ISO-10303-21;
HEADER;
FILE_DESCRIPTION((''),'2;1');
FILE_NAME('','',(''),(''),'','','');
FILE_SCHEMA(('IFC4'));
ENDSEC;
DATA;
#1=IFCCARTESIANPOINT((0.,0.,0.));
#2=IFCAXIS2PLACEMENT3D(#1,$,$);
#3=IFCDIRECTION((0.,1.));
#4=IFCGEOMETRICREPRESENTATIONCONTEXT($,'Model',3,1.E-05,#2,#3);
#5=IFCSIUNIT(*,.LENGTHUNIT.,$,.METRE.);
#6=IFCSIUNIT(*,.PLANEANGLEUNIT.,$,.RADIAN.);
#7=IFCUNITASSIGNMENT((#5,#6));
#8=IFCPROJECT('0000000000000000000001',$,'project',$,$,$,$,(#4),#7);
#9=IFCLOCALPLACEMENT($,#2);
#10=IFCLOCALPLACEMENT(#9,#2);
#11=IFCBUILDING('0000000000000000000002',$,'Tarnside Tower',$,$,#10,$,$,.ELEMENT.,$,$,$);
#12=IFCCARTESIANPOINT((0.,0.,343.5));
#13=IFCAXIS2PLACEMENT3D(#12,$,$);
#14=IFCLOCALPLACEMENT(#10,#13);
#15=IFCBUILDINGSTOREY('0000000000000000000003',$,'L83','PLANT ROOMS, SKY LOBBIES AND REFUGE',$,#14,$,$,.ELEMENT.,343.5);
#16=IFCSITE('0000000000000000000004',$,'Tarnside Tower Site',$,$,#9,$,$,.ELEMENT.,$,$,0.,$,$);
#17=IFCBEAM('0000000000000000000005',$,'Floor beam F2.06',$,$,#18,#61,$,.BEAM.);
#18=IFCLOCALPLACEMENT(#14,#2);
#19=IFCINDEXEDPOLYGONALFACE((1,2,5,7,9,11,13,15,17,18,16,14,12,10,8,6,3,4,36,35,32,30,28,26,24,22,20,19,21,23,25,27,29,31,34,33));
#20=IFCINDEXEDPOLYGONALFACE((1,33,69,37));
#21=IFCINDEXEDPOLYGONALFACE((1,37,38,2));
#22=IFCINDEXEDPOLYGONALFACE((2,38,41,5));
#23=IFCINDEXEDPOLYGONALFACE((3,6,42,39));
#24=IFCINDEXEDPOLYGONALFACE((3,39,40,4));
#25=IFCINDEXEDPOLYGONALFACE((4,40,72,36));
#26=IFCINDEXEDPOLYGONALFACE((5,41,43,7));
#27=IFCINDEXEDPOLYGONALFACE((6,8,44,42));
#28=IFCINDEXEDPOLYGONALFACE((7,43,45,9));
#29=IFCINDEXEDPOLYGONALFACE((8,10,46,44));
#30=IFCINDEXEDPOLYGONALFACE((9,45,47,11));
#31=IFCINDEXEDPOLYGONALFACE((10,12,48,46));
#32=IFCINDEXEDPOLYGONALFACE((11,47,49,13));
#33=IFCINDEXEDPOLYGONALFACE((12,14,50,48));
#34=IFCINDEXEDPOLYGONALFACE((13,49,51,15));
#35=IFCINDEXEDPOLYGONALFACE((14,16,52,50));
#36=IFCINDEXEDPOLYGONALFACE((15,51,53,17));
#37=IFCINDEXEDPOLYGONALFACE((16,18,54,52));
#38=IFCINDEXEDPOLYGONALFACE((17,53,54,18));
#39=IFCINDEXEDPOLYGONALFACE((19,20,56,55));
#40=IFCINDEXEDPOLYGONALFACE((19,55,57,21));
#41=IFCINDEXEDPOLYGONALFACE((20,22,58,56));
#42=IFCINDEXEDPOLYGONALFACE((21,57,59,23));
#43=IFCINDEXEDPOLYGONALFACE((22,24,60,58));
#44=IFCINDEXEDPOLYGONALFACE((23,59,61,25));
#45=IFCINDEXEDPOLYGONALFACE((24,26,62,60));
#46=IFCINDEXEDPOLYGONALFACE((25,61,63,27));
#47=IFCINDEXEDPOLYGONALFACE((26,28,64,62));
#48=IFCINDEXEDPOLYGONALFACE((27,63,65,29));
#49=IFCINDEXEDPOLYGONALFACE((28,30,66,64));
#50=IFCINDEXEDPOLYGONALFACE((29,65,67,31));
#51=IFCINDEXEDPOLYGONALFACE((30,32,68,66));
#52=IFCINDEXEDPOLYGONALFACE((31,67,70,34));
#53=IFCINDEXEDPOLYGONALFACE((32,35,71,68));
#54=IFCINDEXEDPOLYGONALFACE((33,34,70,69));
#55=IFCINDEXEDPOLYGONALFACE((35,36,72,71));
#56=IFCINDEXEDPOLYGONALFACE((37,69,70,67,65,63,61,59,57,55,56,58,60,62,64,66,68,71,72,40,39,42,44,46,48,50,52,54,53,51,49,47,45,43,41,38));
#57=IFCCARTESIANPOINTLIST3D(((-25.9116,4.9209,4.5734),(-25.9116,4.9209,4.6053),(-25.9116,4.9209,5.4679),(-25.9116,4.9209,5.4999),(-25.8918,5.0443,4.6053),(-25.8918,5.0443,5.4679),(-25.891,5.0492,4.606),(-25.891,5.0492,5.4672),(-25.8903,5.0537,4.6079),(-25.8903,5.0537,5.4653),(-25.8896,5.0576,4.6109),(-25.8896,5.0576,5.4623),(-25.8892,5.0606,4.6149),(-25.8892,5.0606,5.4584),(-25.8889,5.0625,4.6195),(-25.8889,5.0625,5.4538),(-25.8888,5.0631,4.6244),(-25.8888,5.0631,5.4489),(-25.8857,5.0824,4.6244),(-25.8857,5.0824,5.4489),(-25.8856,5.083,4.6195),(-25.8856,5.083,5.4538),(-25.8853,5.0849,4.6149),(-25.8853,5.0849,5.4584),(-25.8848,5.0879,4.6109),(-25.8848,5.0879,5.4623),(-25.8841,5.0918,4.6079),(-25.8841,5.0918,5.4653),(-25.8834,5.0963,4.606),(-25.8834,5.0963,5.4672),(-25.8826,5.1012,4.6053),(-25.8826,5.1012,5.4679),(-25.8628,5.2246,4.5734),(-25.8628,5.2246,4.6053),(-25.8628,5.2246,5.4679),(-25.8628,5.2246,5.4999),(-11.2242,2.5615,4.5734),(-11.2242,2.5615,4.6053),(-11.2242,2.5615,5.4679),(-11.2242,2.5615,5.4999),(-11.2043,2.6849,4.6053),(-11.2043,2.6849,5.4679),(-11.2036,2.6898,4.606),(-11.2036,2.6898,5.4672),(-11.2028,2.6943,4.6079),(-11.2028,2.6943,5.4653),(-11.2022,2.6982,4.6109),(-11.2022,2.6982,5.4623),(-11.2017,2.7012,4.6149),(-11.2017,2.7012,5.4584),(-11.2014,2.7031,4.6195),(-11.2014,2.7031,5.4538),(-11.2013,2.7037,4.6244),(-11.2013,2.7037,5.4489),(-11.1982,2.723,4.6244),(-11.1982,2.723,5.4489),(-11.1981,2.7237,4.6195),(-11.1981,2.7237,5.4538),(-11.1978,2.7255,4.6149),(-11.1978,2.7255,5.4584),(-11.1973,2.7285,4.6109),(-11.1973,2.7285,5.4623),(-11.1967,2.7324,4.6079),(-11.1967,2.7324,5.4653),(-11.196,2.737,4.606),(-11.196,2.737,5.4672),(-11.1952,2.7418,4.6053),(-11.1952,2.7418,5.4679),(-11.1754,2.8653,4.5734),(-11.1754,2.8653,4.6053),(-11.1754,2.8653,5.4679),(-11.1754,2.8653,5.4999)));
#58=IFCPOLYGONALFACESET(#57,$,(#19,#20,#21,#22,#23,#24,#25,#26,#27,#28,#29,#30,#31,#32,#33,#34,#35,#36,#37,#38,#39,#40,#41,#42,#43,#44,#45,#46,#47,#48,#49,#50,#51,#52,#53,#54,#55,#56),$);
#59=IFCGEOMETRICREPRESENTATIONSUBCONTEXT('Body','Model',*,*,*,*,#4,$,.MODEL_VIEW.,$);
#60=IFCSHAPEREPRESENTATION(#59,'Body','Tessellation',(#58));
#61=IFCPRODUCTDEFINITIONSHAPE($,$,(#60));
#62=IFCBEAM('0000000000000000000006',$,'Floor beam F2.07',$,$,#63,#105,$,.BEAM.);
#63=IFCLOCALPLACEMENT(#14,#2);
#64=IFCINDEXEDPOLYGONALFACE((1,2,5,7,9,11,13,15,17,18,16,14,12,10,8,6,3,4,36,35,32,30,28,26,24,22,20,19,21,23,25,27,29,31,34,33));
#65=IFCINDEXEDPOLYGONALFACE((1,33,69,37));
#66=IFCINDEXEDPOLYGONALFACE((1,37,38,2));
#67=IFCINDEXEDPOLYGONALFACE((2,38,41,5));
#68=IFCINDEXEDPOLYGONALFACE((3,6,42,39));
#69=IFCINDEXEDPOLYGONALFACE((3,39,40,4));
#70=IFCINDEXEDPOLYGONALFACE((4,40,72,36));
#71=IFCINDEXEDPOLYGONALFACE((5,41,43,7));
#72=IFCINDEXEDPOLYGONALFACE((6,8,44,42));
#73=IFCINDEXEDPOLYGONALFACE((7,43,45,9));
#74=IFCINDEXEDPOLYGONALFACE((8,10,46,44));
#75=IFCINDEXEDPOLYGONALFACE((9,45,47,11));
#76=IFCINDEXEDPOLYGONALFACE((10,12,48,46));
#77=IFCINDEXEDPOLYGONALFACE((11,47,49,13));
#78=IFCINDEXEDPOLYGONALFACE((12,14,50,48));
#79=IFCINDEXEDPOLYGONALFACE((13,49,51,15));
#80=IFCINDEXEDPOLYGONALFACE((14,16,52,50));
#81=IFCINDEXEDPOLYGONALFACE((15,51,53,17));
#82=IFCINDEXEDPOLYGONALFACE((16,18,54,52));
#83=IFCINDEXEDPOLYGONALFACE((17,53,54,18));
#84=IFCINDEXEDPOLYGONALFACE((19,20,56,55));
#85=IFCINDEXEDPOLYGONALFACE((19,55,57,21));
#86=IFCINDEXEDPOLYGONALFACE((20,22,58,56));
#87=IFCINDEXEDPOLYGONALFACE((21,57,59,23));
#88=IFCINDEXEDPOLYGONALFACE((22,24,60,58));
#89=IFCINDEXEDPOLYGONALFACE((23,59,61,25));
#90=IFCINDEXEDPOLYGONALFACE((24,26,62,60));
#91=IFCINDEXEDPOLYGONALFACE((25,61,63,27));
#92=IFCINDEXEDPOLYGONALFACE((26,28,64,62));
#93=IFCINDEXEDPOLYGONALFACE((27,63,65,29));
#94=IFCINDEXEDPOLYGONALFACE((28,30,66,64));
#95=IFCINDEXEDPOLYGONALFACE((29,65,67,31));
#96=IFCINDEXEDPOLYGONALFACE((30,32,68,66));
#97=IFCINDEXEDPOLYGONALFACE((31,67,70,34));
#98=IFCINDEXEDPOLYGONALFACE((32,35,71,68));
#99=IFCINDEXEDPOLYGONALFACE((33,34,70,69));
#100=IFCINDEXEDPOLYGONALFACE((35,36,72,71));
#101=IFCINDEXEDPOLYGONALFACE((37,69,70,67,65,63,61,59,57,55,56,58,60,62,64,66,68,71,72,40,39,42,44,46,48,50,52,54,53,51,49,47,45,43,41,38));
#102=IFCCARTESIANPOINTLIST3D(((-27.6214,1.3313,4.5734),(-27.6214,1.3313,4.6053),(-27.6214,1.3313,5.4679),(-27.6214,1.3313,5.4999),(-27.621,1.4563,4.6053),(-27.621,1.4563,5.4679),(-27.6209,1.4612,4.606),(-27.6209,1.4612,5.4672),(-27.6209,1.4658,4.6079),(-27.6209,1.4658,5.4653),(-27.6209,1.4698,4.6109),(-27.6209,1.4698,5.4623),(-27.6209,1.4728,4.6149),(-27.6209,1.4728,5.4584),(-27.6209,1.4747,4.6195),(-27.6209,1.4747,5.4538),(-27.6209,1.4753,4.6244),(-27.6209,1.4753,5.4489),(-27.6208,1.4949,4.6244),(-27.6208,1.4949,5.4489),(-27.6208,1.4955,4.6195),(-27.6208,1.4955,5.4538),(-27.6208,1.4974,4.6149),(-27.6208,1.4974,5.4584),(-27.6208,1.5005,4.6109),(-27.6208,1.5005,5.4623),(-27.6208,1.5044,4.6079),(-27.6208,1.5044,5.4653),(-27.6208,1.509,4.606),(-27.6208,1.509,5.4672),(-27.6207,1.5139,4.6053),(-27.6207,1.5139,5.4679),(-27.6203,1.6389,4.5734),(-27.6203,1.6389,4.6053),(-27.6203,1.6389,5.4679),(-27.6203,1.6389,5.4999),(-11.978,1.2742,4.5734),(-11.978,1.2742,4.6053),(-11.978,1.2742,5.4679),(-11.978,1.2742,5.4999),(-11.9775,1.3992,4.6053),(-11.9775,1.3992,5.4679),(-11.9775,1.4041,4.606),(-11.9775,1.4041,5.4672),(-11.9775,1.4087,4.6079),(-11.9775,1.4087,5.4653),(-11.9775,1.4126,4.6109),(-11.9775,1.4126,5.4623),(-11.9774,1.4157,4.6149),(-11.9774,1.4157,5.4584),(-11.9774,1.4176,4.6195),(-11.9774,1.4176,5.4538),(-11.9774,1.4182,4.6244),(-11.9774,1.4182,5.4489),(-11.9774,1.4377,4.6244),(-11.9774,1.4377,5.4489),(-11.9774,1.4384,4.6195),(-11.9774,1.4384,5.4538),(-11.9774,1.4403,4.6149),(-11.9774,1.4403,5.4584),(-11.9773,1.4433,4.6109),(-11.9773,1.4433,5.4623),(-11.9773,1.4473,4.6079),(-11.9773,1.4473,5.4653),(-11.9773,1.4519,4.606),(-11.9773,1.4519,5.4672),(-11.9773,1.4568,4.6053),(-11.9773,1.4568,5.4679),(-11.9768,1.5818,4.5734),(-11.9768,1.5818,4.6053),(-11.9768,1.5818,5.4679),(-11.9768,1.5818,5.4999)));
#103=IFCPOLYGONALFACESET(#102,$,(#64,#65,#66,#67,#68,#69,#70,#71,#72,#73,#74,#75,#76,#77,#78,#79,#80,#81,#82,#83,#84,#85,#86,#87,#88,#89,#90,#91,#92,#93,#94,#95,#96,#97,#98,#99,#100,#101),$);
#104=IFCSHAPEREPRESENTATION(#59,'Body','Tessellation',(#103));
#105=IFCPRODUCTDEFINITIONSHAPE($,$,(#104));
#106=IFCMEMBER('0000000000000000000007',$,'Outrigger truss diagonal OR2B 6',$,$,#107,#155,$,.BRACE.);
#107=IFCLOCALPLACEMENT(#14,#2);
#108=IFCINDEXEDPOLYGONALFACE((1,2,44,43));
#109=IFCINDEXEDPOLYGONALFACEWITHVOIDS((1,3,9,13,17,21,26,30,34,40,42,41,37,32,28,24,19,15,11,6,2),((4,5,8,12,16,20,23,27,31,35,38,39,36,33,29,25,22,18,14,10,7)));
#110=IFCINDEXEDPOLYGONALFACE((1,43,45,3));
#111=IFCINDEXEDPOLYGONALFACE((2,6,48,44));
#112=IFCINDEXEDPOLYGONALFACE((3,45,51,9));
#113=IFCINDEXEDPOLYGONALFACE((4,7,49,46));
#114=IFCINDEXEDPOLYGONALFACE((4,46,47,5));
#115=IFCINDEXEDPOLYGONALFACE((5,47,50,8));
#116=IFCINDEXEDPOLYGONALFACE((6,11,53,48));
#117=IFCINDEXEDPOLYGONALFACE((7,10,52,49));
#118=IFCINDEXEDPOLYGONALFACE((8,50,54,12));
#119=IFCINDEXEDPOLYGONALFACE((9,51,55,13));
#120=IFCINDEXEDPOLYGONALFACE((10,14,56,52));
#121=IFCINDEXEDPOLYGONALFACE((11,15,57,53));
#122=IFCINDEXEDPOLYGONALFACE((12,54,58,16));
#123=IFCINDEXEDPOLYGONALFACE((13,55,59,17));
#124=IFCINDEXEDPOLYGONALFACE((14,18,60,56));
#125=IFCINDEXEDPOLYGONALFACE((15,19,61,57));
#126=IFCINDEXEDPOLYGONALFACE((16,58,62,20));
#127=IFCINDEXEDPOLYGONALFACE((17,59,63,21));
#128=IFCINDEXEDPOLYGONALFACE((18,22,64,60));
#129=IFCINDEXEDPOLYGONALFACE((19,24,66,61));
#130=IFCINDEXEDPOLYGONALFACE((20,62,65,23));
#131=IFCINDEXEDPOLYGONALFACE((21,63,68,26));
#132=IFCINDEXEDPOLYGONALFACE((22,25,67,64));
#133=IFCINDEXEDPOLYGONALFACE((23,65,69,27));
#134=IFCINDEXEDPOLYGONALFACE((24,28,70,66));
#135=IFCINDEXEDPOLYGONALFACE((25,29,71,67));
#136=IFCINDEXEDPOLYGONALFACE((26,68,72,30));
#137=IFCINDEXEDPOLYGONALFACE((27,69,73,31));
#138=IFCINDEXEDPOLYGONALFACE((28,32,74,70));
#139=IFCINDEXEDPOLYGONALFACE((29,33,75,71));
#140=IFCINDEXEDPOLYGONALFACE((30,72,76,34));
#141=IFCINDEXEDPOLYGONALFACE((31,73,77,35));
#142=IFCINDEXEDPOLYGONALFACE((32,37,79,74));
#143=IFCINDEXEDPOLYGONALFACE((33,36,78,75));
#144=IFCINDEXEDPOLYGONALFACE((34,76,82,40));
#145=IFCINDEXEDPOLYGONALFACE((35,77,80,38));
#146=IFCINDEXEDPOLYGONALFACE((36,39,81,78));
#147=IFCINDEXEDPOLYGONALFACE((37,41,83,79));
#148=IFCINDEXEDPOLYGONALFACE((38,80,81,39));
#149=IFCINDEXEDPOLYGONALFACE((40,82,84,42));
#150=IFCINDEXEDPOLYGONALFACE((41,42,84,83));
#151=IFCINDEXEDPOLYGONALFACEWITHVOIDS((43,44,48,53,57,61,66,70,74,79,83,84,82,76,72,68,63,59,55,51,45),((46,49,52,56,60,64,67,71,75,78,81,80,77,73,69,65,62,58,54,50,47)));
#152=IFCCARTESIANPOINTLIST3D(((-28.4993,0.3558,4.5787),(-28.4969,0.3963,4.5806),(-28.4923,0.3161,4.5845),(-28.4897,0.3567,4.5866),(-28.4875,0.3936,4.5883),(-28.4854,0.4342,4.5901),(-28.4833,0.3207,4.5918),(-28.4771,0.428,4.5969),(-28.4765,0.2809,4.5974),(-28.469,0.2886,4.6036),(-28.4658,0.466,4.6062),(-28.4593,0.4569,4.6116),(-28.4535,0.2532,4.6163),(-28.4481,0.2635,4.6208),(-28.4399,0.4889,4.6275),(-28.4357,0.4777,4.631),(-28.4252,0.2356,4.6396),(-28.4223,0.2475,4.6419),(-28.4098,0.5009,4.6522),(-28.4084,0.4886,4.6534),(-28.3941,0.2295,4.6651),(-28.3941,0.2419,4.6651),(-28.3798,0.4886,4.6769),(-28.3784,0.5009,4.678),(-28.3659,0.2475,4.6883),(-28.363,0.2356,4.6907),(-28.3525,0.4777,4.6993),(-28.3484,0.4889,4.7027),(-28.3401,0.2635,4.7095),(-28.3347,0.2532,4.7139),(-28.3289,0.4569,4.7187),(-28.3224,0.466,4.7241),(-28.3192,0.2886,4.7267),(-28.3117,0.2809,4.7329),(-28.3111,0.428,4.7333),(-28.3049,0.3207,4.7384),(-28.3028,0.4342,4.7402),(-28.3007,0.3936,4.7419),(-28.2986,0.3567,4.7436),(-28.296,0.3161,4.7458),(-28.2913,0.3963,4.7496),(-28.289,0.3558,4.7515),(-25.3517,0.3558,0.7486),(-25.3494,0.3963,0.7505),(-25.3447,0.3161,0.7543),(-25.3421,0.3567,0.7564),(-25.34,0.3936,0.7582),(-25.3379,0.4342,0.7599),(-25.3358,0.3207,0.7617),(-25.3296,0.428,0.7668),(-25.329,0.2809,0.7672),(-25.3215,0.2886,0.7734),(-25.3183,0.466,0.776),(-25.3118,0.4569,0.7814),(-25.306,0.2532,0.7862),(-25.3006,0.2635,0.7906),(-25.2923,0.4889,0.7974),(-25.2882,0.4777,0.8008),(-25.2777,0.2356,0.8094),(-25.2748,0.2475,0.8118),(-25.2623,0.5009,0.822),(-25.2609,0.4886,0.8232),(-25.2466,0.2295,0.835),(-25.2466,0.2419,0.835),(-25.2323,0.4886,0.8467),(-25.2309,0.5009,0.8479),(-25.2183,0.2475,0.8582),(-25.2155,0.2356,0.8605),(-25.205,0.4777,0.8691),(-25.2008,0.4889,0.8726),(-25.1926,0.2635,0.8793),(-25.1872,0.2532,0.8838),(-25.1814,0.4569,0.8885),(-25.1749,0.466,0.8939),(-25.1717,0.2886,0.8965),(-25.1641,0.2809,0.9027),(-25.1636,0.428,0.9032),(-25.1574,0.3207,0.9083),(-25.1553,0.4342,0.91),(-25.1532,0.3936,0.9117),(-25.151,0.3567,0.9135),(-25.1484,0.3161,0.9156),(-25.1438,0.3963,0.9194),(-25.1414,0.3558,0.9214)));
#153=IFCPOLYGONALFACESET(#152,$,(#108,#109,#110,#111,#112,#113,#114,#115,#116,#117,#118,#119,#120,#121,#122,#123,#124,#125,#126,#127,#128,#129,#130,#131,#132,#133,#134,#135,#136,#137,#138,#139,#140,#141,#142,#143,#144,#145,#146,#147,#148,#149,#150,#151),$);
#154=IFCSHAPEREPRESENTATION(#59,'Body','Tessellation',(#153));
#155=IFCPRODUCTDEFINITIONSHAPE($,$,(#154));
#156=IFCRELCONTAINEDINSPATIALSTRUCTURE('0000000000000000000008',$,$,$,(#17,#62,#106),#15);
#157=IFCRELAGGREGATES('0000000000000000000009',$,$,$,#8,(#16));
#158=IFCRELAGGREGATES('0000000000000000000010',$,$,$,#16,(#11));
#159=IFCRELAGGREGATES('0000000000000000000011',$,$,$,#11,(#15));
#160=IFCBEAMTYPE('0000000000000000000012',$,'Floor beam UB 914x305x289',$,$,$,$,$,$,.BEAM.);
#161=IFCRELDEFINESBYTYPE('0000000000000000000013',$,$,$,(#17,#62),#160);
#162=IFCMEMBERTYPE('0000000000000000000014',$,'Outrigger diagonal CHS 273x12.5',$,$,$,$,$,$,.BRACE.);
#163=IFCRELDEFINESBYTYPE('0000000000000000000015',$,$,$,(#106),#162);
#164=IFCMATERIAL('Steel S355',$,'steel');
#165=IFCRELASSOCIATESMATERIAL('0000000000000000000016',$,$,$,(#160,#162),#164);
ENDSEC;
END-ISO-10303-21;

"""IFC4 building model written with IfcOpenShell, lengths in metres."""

from ifc_helpers import new_model, si_unit, direction, frame, origin, origin_2d, place, context, subcontext, project, spatial, hollow_circle, i_section, extrude, material, material_profile, profile_set, type_object, element, save


model = new_model("IFC4")

# Units and contexts
model_context = context("Model", 3, precision=1e-05, world=origin(), true_north=direction((0.0, 1.0)))
body_context = subcontext(model_context, "Body", "Model", "MODEL_VIEW")
ifc_project = project(units=[si_unit("LENGTHUNIT", "METRE"), si_unit("PLANEANGLEUNIT", "RADIAN")], contexts=[model_context])

# Site, building, storey
site_placement = place(None, origin())
site = spatial("IfcSite", under=ifc_project, at=site_placement, Name="Tarnside Tower Site", CompositionType="ELEMENT", RefElevation=0.0)
building_placement = place(site_placement, origin())
building = spatial("IfcBuilding", under=site, at=building_placement, Name="Tarnside Tower", CompositionType="ELEMENT")
storey_placement = place(building_placement, frame((0.0, 0.0, 343.5)))
storey = spatial("IfcBuildingStorey", under=building, at=storey_placement, Name="L83", Description="PLANT ROOMS, SKY LOBBIES AND REFUGE", CompositionType="ELEMENT", Elevation=343.5)

# Beams
ifc_material_1 = material(Name="Steel S355", Category="steel")
ifc_material_profile_1 = material_profile(ifc_material_1, i_section(OverallWidth=0.3076, OverallDepth=0.9265, WebThickness=0.0195, FlangeThickness=0.032, FilletRadius=0.019, at=origin_2d()), Name="UB 914x305x289")
ifc_profile_set_1 = profile_set([ifc_material_profile_1], Name="Steel S355")
beam_type = type_object("IfcBeamType", Name="Floor beam UB 914x305x289", PredefinedType="BEAM", material=ifc_profile_set_1)
beam_1_placement = place(storey_placement, frame((-25.8872, 5.0728, 5.0366), z_axis=(0.987342, -0.158605, 0.0), x_axis=(0.158605, 0.987342, 0.0)))
element("IfcBeam", 1, at=beam_1_placement, inside=storey, type_object=beam_type, Name="Floor beam F2.06", PredefinedType="BEAM", context=body_context, shape_type="SweptSolid", body=[
    extrude(i_section(OverallWidth=0.3076, OverallDepth=0.9265, WebThickness=0.0195, FlangeThickness=0.032, FilletRadius=0.019, at=origin_2d()), origin(), (0.0, 0.0, 1.0), 14.8757),
])
beam_2_placement = place(storey_placement, frame((-27.6208, 1.4851, 5.0366), z_axis=(0.999993, -0.003652, 0.0), x_axis=(0.003652, 0.999993, 0.0)))
element("IfcBeam", 2, at=beam_2_placement, inside=storey, type_object=beam_type, Name="Floor beam F2.07", PredefinedType="BEAM", context=body_context, shape_type="SweptSolid", body=[
    extrude(i_section(OverallWidth=0.3076, OverallDepth=0.9265, WebThickness=0.0195, FlangeThickness=0.032, FilletRadius=0.019, at=origin_2d()), origin(), (0.0, 0.0, 1.0), 15.6436),
])

# Member
ifc_material_profile_2 = material_profile(ifc_material_1, hollow_circle(Radius=0.1365, WallThickness=0.0125, at=origin_2d()), Name="CHS 273x12.5")
ifc_profile_set_2 = profile_set([ifc_material_profile_2], Name="Steel S355")
member_type_1 = type_object("IfcMemberType", Name="Outrigger diagonal CHS 273x12.5", PredefinedType="BRACE", material=ifc_profile_set_2)
member_1_placement = place(storey_placement, frame((-25.2466, 0.366, 0.835), z_axis=(-0.634899, 0.0, 0.772595), x_axis=(0.0, -1.0, 0.0)))
element("IfcMember", 3, at=member_1_placement, inside=storey, type_object=member_type_1, Name="Outrigger truss diagonal OR2B 6", PredefinedType="BRACE", context=body_context, shape_type="SweptSolid", body=[
    extrude(hollow_circle(Radius=0.1365, WallThickness=0.0125, at=origin_2d()), origin(), (0.0, 0.0, 1.0), 4.9575),
])

save(model, "model.ifc")
